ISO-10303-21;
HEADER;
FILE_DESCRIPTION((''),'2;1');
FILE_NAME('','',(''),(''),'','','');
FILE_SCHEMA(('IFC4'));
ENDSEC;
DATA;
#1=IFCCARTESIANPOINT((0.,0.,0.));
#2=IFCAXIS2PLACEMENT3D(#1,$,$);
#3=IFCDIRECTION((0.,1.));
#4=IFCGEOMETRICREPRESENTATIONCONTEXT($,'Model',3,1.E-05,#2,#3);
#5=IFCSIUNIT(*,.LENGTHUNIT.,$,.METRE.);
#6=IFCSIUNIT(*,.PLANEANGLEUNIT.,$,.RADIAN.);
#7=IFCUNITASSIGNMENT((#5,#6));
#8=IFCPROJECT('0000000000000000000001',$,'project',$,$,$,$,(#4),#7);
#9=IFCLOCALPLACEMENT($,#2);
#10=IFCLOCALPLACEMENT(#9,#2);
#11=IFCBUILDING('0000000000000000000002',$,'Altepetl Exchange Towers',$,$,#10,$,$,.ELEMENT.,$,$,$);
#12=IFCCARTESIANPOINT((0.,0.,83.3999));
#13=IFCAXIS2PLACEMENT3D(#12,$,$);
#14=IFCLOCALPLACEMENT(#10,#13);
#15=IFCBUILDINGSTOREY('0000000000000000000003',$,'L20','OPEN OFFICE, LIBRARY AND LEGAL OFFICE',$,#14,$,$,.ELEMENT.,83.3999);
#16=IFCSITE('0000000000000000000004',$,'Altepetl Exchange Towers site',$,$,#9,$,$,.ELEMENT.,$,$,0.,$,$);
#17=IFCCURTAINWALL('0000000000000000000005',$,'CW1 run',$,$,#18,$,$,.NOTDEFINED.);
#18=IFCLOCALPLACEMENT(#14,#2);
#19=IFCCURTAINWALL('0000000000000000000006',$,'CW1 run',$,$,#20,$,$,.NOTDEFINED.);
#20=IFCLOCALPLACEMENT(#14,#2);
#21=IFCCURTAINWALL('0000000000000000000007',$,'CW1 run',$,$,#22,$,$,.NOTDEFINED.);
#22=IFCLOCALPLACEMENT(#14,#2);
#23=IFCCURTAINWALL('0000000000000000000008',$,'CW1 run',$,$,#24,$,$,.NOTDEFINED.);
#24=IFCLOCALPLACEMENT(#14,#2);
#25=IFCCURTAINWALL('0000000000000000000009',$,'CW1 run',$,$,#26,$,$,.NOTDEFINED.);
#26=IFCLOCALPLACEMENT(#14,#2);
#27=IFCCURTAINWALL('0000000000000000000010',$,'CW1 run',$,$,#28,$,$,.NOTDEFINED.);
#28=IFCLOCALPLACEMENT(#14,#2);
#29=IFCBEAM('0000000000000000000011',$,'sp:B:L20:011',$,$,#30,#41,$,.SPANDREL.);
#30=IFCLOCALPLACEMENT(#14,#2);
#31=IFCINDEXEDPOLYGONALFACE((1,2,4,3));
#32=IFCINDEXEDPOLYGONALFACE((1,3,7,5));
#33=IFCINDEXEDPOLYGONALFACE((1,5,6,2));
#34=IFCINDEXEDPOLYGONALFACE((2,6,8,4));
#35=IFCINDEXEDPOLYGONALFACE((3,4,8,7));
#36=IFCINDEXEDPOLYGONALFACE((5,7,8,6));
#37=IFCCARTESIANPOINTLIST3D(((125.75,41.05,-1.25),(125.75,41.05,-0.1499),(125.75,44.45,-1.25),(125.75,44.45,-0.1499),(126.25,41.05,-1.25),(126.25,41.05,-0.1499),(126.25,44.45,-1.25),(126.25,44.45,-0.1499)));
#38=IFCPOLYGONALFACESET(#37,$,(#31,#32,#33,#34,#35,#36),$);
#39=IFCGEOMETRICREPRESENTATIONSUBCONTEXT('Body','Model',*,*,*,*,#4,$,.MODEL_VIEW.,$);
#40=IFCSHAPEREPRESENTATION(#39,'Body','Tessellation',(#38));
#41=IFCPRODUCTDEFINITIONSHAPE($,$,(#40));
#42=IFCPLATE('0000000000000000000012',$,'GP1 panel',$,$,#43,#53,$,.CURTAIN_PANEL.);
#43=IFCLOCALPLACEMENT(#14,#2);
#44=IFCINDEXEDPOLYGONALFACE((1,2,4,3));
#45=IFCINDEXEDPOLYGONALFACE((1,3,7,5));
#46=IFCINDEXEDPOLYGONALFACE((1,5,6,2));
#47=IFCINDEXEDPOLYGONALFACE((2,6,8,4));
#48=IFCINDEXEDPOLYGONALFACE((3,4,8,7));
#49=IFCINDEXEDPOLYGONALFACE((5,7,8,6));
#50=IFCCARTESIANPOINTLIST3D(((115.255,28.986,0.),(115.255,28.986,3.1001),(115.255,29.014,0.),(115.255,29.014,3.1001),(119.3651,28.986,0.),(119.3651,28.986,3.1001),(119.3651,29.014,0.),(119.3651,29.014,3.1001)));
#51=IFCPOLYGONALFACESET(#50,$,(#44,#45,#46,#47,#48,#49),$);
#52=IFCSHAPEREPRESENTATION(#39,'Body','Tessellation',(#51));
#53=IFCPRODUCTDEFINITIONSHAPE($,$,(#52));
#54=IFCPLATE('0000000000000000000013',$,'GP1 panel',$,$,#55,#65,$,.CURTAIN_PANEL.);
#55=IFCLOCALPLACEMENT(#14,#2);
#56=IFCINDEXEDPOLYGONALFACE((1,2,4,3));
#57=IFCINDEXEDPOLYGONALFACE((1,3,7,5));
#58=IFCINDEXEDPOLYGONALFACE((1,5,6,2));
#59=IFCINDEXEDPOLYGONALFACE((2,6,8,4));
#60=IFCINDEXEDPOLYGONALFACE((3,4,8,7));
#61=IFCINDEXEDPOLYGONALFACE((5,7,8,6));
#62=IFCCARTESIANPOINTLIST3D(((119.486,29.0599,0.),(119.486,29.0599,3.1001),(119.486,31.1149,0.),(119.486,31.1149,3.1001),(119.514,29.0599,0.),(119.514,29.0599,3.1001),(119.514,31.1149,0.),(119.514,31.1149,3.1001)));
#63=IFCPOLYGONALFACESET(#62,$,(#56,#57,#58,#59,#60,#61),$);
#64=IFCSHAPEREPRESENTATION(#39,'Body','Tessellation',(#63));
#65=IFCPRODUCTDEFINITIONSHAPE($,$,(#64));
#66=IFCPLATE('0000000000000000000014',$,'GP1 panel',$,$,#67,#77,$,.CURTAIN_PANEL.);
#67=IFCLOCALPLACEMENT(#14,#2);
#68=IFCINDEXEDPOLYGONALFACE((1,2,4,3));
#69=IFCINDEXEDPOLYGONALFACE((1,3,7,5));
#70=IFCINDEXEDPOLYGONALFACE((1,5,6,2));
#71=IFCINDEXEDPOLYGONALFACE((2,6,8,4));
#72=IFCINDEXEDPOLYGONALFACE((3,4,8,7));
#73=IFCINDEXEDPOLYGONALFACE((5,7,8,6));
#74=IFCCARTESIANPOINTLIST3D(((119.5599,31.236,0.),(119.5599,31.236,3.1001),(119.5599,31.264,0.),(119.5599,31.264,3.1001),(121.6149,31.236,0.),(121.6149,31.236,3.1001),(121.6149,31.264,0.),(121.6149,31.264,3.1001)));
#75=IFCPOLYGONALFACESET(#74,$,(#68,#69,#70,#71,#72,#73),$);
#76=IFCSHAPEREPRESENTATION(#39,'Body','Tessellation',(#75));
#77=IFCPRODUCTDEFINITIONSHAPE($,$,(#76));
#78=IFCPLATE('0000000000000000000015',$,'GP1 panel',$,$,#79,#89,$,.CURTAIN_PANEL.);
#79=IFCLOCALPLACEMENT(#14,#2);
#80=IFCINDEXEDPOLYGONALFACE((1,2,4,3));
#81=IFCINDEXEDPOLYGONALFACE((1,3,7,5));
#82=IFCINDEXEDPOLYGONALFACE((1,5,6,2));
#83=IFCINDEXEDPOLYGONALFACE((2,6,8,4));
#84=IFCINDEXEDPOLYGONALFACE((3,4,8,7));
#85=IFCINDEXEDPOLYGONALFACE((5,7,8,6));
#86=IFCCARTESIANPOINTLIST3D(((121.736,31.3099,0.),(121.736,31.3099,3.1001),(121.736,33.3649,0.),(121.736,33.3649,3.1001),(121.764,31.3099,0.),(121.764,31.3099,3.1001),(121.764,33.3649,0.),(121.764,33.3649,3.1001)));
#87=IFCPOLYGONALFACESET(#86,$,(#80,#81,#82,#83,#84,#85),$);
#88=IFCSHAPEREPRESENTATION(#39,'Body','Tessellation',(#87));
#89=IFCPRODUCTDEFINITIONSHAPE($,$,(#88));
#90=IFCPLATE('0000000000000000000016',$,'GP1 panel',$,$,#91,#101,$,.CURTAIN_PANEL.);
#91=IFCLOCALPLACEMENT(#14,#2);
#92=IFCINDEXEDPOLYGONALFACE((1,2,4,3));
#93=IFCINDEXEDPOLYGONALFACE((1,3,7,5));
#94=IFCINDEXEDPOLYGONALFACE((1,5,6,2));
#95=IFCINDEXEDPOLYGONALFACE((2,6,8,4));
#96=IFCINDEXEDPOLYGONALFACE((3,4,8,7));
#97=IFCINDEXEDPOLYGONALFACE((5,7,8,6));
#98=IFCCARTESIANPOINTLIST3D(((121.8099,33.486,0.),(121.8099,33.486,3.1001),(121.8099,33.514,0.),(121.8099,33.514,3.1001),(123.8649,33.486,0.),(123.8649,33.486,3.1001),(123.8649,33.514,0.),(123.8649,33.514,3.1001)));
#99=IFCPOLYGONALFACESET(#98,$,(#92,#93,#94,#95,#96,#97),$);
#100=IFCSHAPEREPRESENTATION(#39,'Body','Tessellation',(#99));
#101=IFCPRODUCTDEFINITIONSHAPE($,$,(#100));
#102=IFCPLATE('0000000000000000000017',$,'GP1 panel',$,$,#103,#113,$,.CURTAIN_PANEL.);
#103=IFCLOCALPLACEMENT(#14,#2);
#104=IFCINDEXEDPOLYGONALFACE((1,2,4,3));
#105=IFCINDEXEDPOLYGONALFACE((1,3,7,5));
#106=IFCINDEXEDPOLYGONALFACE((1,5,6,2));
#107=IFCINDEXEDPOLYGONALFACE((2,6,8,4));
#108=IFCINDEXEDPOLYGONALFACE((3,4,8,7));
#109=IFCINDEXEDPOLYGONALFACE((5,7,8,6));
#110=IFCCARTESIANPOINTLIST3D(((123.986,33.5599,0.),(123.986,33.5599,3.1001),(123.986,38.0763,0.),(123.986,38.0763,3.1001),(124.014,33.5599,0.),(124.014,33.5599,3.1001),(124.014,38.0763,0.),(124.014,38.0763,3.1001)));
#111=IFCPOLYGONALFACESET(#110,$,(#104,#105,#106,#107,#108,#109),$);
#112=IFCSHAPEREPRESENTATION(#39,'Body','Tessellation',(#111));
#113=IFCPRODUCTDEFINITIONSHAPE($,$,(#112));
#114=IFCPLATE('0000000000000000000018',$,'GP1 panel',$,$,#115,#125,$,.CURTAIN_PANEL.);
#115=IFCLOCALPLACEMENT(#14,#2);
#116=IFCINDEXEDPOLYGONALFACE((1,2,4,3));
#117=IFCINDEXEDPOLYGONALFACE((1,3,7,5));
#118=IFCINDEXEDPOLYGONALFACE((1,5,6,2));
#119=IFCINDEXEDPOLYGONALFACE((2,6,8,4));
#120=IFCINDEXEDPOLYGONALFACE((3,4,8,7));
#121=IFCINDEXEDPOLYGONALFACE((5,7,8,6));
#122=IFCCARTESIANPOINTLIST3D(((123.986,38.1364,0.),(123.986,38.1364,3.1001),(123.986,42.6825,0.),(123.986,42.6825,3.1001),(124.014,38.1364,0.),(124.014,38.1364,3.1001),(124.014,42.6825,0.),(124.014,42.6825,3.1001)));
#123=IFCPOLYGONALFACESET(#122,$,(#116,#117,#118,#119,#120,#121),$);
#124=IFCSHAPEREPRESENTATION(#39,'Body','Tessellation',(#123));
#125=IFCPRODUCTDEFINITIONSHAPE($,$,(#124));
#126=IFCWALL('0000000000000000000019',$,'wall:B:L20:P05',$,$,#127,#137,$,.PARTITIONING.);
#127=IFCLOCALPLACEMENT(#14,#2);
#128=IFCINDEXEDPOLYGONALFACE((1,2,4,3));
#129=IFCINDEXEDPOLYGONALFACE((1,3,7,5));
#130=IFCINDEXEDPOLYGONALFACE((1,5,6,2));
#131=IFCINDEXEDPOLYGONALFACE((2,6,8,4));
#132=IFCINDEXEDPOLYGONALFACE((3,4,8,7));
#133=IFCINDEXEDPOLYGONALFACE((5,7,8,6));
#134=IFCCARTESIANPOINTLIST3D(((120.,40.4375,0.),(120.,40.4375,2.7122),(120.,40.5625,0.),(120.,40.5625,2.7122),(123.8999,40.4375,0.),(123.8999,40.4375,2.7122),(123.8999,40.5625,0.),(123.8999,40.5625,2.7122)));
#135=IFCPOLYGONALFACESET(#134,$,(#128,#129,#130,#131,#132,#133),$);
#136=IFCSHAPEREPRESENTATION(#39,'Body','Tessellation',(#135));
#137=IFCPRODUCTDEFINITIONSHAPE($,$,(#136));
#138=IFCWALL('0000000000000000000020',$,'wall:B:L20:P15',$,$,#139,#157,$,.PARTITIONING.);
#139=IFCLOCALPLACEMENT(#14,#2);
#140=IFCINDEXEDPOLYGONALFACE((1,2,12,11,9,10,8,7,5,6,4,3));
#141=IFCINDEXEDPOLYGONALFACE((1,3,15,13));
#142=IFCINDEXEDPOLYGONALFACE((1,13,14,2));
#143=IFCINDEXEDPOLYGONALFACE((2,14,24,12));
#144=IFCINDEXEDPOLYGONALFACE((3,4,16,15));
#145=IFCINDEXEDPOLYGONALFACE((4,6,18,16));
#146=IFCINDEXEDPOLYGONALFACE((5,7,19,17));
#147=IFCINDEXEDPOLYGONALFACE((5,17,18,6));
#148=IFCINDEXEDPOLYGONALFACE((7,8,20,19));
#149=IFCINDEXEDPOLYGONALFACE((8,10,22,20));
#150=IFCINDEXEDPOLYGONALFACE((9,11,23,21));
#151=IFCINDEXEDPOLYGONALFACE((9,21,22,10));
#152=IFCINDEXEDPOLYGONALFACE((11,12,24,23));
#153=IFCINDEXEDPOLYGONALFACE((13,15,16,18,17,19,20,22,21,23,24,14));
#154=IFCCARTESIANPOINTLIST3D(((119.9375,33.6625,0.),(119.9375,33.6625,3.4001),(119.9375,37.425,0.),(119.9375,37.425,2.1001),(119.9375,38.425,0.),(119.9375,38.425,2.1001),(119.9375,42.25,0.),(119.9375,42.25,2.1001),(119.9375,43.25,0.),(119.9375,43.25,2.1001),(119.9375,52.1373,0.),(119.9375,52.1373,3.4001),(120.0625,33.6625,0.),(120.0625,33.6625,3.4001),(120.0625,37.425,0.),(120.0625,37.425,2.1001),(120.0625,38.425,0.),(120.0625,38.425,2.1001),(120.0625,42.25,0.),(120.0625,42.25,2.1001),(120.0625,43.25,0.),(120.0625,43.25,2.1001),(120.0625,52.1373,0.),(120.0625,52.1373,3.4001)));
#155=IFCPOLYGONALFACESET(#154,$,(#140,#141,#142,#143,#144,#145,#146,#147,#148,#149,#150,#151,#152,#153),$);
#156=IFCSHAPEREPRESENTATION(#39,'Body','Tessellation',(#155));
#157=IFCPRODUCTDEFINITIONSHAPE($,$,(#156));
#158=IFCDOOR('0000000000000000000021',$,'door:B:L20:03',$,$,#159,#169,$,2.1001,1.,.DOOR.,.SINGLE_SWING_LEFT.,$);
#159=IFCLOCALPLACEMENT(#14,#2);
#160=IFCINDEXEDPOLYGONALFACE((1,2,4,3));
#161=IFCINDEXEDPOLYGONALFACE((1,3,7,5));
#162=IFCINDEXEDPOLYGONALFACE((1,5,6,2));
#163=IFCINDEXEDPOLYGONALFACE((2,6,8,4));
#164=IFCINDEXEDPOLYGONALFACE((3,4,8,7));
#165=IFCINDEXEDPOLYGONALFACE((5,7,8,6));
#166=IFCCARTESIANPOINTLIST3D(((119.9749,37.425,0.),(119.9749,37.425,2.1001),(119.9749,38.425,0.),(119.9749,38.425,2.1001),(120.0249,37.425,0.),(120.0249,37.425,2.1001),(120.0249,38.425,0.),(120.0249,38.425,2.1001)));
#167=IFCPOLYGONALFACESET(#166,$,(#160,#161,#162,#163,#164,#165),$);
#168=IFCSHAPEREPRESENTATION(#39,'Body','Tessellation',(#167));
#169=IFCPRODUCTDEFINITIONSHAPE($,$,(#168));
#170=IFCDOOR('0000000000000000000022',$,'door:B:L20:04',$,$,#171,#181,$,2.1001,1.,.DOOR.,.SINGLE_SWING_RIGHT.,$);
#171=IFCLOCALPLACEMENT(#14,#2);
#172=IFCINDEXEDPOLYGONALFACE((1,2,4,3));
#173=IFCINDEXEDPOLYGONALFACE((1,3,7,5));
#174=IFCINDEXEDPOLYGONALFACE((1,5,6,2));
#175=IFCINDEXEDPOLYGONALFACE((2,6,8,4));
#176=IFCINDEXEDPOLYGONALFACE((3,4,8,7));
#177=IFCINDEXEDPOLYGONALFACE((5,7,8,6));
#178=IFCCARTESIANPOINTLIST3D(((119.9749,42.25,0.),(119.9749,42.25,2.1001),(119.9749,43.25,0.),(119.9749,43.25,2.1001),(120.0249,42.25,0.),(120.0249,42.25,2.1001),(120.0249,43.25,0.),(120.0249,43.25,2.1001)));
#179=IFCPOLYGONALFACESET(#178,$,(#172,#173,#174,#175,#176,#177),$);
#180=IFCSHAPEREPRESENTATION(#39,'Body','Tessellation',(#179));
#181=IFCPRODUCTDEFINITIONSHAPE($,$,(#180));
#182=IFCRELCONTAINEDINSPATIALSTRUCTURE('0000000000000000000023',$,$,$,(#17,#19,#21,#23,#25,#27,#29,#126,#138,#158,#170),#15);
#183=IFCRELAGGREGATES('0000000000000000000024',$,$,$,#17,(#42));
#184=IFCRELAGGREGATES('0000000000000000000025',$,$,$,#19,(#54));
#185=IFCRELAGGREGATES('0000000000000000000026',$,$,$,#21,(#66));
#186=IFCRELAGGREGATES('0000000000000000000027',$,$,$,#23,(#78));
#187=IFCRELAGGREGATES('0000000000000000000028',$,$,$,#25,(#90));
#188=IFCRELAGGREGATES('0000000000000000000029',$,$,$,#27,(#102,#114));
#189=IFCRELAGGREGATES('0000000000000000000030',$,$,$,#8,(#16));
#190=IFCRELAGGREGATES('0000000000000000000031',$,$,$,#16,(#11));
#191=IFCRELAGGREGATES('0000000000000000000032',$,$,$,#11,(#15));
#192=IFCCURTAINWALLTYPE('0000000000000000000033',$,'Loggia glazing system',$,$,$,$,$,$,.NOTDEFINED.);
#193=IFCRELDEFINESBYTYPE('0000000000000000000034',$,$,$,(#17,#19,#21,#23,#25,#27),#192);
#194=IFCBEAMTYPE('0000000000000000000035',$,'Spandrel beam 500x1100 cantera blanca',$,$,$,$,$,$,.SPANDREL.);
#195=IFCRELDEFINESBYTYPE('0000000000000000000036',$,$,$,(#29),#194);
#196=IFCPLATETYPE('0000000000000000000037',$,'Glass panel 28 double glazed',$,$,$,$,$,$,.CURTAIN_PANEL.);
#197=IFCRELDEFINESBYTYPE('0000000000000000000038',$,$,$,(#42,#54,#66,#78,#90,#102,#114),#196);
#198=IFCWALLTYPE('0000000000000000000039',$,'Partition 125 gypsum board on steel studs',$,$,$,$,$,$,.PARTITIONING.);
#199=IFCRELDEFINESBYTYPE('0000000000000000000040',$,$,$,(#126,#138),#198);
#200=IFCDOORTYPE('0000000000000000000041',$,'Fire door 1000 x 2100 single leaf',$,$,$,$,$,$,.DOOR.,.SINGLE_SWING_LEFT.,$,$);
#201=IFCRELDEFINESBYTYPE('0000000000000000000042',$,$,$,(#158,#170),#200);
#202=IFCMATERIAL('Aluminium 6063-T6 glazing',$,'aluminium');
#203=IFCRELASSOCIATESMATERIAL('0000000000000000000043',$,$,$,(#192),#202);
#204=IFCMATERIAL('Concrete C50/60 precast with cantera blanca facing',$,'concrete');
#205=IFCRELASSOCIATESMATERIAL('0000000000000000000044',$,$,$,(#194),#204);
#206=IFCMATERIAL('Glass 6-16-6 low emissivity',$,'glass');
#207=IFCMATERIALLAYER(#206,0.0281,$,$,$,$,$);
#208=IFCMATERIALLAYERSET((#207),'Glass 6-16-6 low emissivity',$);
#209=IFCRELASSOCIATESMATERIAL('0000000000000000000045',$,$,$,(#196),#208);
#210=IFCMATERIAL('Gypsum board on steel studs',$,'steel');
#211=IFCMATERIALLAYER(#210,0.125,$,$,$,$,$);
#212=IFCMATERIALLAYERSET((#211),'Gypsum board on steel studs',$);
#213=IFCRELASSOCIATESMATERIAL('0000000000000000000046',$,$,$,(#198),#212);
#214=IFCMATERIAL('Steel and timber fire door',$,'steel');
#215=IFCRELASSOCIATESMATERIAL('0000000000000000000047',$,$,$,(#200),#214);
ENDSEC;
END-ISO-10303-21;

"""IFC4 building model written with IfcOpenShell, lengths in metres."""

from ifc_helpers import new_model, si_unit, direction, frame, frame_2d, origin, origin_2d, place, context, subcontext, project, spatial, rectangle, extrude, material, layer, layer_set, material_profile, profile_set, type_object, element, fill, aggregate, save


model = new_model("IFC4")

# Units and contexts
model_context = context("Model", 3, precision=1e-05, world=origin(), true_north=direction((0.0, 1.0)))
body_context = subcontext(model_context, "Body", "Model", "MODEL_VIEW")
ifc_project = project(units=[si_unit("LENGTHUNIT", "METRE"), si_unit("PLANEANGLEUNIT", "RADIAN")], contexts=[model_context])

# Site, building, storey
site_placement = place(None, origin())
site = spatial("IfcSite", under=ifc_project, at=site_placement, Name="Altepetl Exchange Towers site", CompositionType="ELEMENT", RefElevation=0.0)
building_placement = place(site_placement, origin())
building = spatial("IfcBuilding", under=site, at=building_placement, Name="Altepetl Exchange Towers", CompositionType="ELEMENT")
storey_placement = place(building_placement, frame((0.0, 0.0, 83.3999)))
storey = spatial("IfcBuildingStorey", under=building, at=storey_placement, Name="L20", Description="OPEN OFFICE, LIBRARY AND LEGAL OFFICE", CompositionType="ELEMENT", Elevation=83.3999)

# Curtain wall
ifc_material_1 = material(Name="Aluminium 6063-T6 glazing", Category="aluminium")
curtain_wall_type = type_object("IfcCurtainWallType", Name="Loggia glazing system", PredefinedType="NOTDEFINED", material=ifc_material_1)
curtain_wall_1_placement = place(storey_placement, origin())
curtain_wall_1 = element("IfcCurtainWall", 1, at=curtain_wall_1_placement, inside=storey, type_object=curtain_wall_type, Name="CW1 run", PredefinedType="NOTDEFINED")

# Curtain walls
curtain_wall_2_placement = place(storey_placement, origin())
curtain_wall_2 = element("IfcCurtainWall", 2, at=curtain_wall_2_placement, inside=storey, type_object=curtain_wall_type, Name="CW1 run", PredefinedType="NOTDEFINED")
curtain_wall_3_placement = place(storey_placement, origin())
curtain_wall_3 = element("IfcCurtainWall", 3, at=curtain_wall_3_placement, inside=storey, type_object=curtain_wall_type, Name="CW1 run", PredefinedType="NOTDEFINED")
curtain_wall_4_placement = place(storey_placement, origin())
curtain_wall_4 = element("IfcCurtainWall", 4, at=curtain_wall_4_placement, inside=storey, type_object=curtain_wall_type, Name="CW1 run", PredefinedType="NOTDEFINED")
curtain_wall_5_placement = place(storey_placement, origin())
curtain_wall_5 = element("IfcCurtainWall", 5, at=curtain_wall_5_placement, inside=storey, type_object=curtain_wall_type, Name="CW1 run", PredefinedType="NOTDEFINED")
curtain_wall_6_placement = place(storey_placement, origin())
curtain_wall_6 = element("IfcCurtainWall", 6, at=curtain_wall_6_placement, inside=storey, type_object=curtain_wall_type, Name="CW1 run", PredefinedType="NOTDEFINED")

# Beam
ifc_material_2 = material(Name="Concrete C50/60 precast with cantera blanca facing", Category="concrete")
ifc_material_profile_1 = material_profile(ifc_material_2, rectangle(XDim=0.5, YDim=1.1001, at=origin_2d()), Name="500 x 1100")
ifc_profile_set_1 = profile_set([ifc_material_profile_1], Name="Concrete C50/60 precast with cantera blanca facing")
beam_type_1 = type_object("IfcBeamType", Name="Spandrel beam 500x1100 cantera blanca", PredefinedType="SPANDREL", material=ifc_profile_set_1)
for number, where, z_axis, x_axis, name in (
    (7, (126.0, 41.05, -0.7), (0.0, 1.0, 0.0), (-1.0, 0.0, 0.0), "sp:B:L20:011"),
):
    element("IfcBeam", number, at=place(storey_placement, frame(where, z_axis=z_axis, x_axis=x_axis)), inside=storey, type_object=beam_type_1, Name=name, PredefinedType="SPANDREL", context=body_context, shape_type="SweptSolid", body=[
        extrude(rectangle(XDim=0.5, YDim=1.1001, at=origin_2d()), origin(), (0.0, 0.0, 1.0), 3.3999),
    ])

# Plates
ifc_material_3 = material(Name="Glass 6-16-6 low emissivity", Category="glass")
ifc_layer_1 = layer(ifc_material_3, 0.0281)
ifc_layer_set_1 = layer_set([ifc_layer_1], Name="Glass 6-16-6 low emissivity")
plate_type = type_object("IfcPlateType", Name="Glass panel 28 double glazed", PredefinedType="CURTAIN_PANEL", material=ifc_layer_set_1)
plate_1_placement = place(storey_placement, frame((117.3101, 29.0, 0.0)))
plate_1 = element("IfcPlate", 8, at=plate_1_placement, type_object=plate_type, Name="GP1 panel", PredefinedType="CURTAIN_PANEL", context=body_context, shape_type="SweptSolid", body=[
    extrude(rectangle(XDim=4.1101, YDim=0.0281, at=origin_2d()), origin(), (0.0, 0.0, 1.0), 3.1001),
])
aggregate(curtain_wall_1, [plate_1])
plate_2_placement = place(storey_placement, frame((119.5, 30.0874, 0.0), z_axis=(0.0, 0.0, 1.0), x_axis=(0.0, 1.0, 0.0)))
plate_2 = element("IfcPlate", 9, at=plate_2_placement, type_object=plate_type, Name="GP1 panel", PredefinedType="CURTAIN_PANEL", context=body_context, shape_type="SweptSolid", body=[
    extrude(rectangle(XDim=2.0549, YDim=0.0281, at=origin_2d()), origin(), (0.0, 0.0, 1.0), 3.1001),
])
aggregate(curtain_wall_2, [plate_2])
plate_3_placement = place(storey_placement, frame((120.5874, 31.25, 0.0)))
plate_3 = element("IfcPlate", 10, at=plate_3_placement, type_object=plate_type, Name="GP1 panel", PredefinedType="CURTAIN_PANEL", context=body_context, shape_type="SweptSolid", body=[
    extrude(rectangle(XDim=2.0549, YDim=0.0281, at=origin_2d()), origin(), (0.0, 0.0, 1.0), 3.1001),
])
aggregate(curtain_wall_3, [plate_3])
plate_4_placement = place(storey_placement, frame((121.75, 32.3374, 0.0), z_axis=(0.0, 0.0, 1.0), x_axis=(0.0, 1.0, 0.0)))
plate_4 = element("IfcPlate", 11, at=plate_4_placement, type_object=plate_type, Name="GP1 panel", PredefinedType="CURTAIN_PANEL", context=body_context, shape_type="SweptSolid", body=[
    extrude(rectangle(XDim=2.0549, YDim=0.0281, at=origin_2d()), origin(), (0.0, 0.0, 1.0), 3.1001),
])
aggregate(curtain_wall_4, [plate_4])
plate_5_placement = place(storey_placement, frame((122.8374, 33.5, 0.0)))
plate_5 = element("IfcPlate", 12, at=plate_5_placement, type_object=plate_type, Name="GP1 panel", PredefinedType="CURTAIN_PANEL", context=body_context, shape_type="SweptSolid", body=[
    extrude(rectangle(XDim=2.0549, YDim=0.0281, at=origin_2d()), origin(), (0.0, 0.0, 1.0), 3.1001),
])
aggregate(curtain_wall_5, [plate_5])
plate_6_placement = place(storey_placement, frame((124.0, 35.8181, 0.0), z_axis=(0.0, 0.0, 1.0), x_axis=(0.0, 1.0, 0.0)))
plate_6 = element("IfcPlate", 13, at=plate_6_placement, type_object=plate_type, Name="GP1 panel", PredefinedType="CURTAIN_PANEL", context=body_context, shape_type="SweptSolid", body=[
    extrude(rectangle(XDim=4.5164, YDim=0.0281, at=origin_2d()), origin(), (0.0, 0.0, 1.0), 3.1001),
])
plate_7_placement = place(storey_placement, frame((124.0, 40.4094, 0.0), z_axis=(0.0, 0.0, 1.0), x_axis=(0.0, 1.0, 0.0)))
plate_7 = element("IfcPlate", 14, at=plate_7_placement, type_object=plate_type, Name="GP1 panel", PredefinedType="CURTAIN_PANEL", context=body_context, shape_type="SweptSolid", body=[
    extrude(rectangle(XDim=4.5461, YDim=0.0281, at=origin_2d()), origin(), (0.0, 0.0, 1.0), 3.1001),
])
aggregate(curtain_wall_6, [plate_6, plate_7])

# Wall
ifc_material_4 = material(Name="Gypsum board on steel studs", Category="steel")
ifc_layer_2 = layer(ifc_material_4, 0.125)
ifc_layer_set_2 = layer_set([ifc_layer_2], Name="Gypsum board on steel studs")
wall_type = type_object("IfcWallType", Name="Partition 125 gypsum board on steel studs", PredefinedType="PARTITIONING", material=ifc_layer_set_2)
wall_1_placement = place(storey_placement, frame((120.0, 40.5, 0.0)))
element("IfcWall", 15, at=wall_1_placement, inside=storey, type_object=wall_type, Name="wall:B:L20:P05", PredefinedType="PARTITIONING", context=body_context, shape_type="SweptSolid", body=[
    extrude(rectangle(XDim=3.8999, YDim=0.125, at=frame_2d((1.95, 0.0))), origin(), (0.0, 0.0, 1.0), 2.7122),
])

# Wall, openings, doors
wall_2_placement = place(storey_placement, frame((120.0, 33.6626, 0.0), z_axis=(0.0, 0.0, 1.0), x_axis=(0.0, 1.0, 0.0)))
wall_2 = element("IfcWall", 16, at=wall_2_placement, inside=storey, type_object=wall_type, Name="wall:B:L20:P15", PredefinedType="PARTITIONING", context=body_context, shape_type="SweptSolid", body=[
    extrude(rectangle(XDim=18.4749, YDim=0.125, at=frame_2d((9.2373, 0.0))), origin(), (0.0, 0.0, 1.0), 3.4001),
])
opening_1_placement = place(wall_2_placement, frame((3.7625, 0.0, 0.0)))
opening_1 = element("IfcOpeningElement", 17, at=opening_1_placement, cuts=wall_2, PredefinedType="OPENING", context=body_context, shape_type="SweptSolid", body=[
    extrude(rectangle(XDim=1.0, YDim=2.1001, at=frame_2d((0.5, 1.05))), frame((0.0, 0.0725, 0.0), z_axis=(0.0, -1.0, 0.0), x_axis=(1.0, 0.0, 0.0)), (0.0, 0.0, 1.0), 0.145),
])
opening_2_placement = place(wall_2_placement, frame((8.5874, 0.0, 0.0)))
opening_2 = element("IfcOpeningElement", 18, at=opening_2_placement, cuts=wall_2, PredefinedType="OPENING", context=body_context, shape_type="SweptSolid", body=[
    extrude(rectangle(XDim=1.0, YDim=2.1001, at=frame_2d((0.5, 1.05))), frame((0.0, 0.0725, 0.0), z_axis=(0.0, -1.0, 0.0), x_axis=(1.0, 0.0, 0.0)), (0.0, 0.0, 1.0), 0.145),
])
ifc_material_5 = material(Name="Steel and timber fire door", Category="steel")
door_type = type_object("IfcDoorType", Name="Fire door 1000 x 2100 single leaf", OperationType="SINGLE_SWING_LEFT", PredefinedType="DOOR", material=ifc_material_5)
door_1_placement = place(opening_1_placement, frame((1.0, 0.0, 0.0), x_axis=(-1.0, 0.0, 0.0)))
door_1 = element("IfcDoor", 19, at=door_1_placement, inside=storey, type_object=door_type, Name="door:B:L20:03", OperationType="SINGLE_SWING_LEFT", OverallHeight=2.1001, OverallWidth=1.0, PredefinedType="DOOR", context=body_context, shape_type="SweptSolid", body=[
    extrude(rectangle(XDim=1.0, YDim=2.1001, at=frame_2d((0.5, 1.05))), frame((0.0, 0.0249, 0.0), z_axis=(0.0, -1.0, 0.0), x_axis=(1.0, 0.0, 0.0)), (0.0, 0.0, 1.0), 0.05),
])
fill(opening_1, door_1)
door_2_placement = place(opening_2_placement, frame((1.0, 0.0, 0.0), x_axis=(-1.0, 0.0, 0.0)))
door_2 = element("IfcDoor", 20, at=door_2_placement, inside=storey, type_object=door_type, Name="door:B:L20:04", OperationType="SINGLE_SWING_RIGHT", OverallHeight=2.1001, OverallWidth=1.0, PredefinedType="DOOR", context=body_context, shape_type="SweptSolid", body=[
    extrude(rectangle(XDim=1.0, YDim=2.1001, at=frame_2d((0.5, 1.05))), frame((0.0, 0.0249, 0.0), z_axis=(0.0, -1.0, 0.0), x_axis=(1.0, 0.0, 0.0)), (0.0, 0.0, 1.0), 0.05),
])
fill(opening_2, door_2)

save(model, "model.ifc")
